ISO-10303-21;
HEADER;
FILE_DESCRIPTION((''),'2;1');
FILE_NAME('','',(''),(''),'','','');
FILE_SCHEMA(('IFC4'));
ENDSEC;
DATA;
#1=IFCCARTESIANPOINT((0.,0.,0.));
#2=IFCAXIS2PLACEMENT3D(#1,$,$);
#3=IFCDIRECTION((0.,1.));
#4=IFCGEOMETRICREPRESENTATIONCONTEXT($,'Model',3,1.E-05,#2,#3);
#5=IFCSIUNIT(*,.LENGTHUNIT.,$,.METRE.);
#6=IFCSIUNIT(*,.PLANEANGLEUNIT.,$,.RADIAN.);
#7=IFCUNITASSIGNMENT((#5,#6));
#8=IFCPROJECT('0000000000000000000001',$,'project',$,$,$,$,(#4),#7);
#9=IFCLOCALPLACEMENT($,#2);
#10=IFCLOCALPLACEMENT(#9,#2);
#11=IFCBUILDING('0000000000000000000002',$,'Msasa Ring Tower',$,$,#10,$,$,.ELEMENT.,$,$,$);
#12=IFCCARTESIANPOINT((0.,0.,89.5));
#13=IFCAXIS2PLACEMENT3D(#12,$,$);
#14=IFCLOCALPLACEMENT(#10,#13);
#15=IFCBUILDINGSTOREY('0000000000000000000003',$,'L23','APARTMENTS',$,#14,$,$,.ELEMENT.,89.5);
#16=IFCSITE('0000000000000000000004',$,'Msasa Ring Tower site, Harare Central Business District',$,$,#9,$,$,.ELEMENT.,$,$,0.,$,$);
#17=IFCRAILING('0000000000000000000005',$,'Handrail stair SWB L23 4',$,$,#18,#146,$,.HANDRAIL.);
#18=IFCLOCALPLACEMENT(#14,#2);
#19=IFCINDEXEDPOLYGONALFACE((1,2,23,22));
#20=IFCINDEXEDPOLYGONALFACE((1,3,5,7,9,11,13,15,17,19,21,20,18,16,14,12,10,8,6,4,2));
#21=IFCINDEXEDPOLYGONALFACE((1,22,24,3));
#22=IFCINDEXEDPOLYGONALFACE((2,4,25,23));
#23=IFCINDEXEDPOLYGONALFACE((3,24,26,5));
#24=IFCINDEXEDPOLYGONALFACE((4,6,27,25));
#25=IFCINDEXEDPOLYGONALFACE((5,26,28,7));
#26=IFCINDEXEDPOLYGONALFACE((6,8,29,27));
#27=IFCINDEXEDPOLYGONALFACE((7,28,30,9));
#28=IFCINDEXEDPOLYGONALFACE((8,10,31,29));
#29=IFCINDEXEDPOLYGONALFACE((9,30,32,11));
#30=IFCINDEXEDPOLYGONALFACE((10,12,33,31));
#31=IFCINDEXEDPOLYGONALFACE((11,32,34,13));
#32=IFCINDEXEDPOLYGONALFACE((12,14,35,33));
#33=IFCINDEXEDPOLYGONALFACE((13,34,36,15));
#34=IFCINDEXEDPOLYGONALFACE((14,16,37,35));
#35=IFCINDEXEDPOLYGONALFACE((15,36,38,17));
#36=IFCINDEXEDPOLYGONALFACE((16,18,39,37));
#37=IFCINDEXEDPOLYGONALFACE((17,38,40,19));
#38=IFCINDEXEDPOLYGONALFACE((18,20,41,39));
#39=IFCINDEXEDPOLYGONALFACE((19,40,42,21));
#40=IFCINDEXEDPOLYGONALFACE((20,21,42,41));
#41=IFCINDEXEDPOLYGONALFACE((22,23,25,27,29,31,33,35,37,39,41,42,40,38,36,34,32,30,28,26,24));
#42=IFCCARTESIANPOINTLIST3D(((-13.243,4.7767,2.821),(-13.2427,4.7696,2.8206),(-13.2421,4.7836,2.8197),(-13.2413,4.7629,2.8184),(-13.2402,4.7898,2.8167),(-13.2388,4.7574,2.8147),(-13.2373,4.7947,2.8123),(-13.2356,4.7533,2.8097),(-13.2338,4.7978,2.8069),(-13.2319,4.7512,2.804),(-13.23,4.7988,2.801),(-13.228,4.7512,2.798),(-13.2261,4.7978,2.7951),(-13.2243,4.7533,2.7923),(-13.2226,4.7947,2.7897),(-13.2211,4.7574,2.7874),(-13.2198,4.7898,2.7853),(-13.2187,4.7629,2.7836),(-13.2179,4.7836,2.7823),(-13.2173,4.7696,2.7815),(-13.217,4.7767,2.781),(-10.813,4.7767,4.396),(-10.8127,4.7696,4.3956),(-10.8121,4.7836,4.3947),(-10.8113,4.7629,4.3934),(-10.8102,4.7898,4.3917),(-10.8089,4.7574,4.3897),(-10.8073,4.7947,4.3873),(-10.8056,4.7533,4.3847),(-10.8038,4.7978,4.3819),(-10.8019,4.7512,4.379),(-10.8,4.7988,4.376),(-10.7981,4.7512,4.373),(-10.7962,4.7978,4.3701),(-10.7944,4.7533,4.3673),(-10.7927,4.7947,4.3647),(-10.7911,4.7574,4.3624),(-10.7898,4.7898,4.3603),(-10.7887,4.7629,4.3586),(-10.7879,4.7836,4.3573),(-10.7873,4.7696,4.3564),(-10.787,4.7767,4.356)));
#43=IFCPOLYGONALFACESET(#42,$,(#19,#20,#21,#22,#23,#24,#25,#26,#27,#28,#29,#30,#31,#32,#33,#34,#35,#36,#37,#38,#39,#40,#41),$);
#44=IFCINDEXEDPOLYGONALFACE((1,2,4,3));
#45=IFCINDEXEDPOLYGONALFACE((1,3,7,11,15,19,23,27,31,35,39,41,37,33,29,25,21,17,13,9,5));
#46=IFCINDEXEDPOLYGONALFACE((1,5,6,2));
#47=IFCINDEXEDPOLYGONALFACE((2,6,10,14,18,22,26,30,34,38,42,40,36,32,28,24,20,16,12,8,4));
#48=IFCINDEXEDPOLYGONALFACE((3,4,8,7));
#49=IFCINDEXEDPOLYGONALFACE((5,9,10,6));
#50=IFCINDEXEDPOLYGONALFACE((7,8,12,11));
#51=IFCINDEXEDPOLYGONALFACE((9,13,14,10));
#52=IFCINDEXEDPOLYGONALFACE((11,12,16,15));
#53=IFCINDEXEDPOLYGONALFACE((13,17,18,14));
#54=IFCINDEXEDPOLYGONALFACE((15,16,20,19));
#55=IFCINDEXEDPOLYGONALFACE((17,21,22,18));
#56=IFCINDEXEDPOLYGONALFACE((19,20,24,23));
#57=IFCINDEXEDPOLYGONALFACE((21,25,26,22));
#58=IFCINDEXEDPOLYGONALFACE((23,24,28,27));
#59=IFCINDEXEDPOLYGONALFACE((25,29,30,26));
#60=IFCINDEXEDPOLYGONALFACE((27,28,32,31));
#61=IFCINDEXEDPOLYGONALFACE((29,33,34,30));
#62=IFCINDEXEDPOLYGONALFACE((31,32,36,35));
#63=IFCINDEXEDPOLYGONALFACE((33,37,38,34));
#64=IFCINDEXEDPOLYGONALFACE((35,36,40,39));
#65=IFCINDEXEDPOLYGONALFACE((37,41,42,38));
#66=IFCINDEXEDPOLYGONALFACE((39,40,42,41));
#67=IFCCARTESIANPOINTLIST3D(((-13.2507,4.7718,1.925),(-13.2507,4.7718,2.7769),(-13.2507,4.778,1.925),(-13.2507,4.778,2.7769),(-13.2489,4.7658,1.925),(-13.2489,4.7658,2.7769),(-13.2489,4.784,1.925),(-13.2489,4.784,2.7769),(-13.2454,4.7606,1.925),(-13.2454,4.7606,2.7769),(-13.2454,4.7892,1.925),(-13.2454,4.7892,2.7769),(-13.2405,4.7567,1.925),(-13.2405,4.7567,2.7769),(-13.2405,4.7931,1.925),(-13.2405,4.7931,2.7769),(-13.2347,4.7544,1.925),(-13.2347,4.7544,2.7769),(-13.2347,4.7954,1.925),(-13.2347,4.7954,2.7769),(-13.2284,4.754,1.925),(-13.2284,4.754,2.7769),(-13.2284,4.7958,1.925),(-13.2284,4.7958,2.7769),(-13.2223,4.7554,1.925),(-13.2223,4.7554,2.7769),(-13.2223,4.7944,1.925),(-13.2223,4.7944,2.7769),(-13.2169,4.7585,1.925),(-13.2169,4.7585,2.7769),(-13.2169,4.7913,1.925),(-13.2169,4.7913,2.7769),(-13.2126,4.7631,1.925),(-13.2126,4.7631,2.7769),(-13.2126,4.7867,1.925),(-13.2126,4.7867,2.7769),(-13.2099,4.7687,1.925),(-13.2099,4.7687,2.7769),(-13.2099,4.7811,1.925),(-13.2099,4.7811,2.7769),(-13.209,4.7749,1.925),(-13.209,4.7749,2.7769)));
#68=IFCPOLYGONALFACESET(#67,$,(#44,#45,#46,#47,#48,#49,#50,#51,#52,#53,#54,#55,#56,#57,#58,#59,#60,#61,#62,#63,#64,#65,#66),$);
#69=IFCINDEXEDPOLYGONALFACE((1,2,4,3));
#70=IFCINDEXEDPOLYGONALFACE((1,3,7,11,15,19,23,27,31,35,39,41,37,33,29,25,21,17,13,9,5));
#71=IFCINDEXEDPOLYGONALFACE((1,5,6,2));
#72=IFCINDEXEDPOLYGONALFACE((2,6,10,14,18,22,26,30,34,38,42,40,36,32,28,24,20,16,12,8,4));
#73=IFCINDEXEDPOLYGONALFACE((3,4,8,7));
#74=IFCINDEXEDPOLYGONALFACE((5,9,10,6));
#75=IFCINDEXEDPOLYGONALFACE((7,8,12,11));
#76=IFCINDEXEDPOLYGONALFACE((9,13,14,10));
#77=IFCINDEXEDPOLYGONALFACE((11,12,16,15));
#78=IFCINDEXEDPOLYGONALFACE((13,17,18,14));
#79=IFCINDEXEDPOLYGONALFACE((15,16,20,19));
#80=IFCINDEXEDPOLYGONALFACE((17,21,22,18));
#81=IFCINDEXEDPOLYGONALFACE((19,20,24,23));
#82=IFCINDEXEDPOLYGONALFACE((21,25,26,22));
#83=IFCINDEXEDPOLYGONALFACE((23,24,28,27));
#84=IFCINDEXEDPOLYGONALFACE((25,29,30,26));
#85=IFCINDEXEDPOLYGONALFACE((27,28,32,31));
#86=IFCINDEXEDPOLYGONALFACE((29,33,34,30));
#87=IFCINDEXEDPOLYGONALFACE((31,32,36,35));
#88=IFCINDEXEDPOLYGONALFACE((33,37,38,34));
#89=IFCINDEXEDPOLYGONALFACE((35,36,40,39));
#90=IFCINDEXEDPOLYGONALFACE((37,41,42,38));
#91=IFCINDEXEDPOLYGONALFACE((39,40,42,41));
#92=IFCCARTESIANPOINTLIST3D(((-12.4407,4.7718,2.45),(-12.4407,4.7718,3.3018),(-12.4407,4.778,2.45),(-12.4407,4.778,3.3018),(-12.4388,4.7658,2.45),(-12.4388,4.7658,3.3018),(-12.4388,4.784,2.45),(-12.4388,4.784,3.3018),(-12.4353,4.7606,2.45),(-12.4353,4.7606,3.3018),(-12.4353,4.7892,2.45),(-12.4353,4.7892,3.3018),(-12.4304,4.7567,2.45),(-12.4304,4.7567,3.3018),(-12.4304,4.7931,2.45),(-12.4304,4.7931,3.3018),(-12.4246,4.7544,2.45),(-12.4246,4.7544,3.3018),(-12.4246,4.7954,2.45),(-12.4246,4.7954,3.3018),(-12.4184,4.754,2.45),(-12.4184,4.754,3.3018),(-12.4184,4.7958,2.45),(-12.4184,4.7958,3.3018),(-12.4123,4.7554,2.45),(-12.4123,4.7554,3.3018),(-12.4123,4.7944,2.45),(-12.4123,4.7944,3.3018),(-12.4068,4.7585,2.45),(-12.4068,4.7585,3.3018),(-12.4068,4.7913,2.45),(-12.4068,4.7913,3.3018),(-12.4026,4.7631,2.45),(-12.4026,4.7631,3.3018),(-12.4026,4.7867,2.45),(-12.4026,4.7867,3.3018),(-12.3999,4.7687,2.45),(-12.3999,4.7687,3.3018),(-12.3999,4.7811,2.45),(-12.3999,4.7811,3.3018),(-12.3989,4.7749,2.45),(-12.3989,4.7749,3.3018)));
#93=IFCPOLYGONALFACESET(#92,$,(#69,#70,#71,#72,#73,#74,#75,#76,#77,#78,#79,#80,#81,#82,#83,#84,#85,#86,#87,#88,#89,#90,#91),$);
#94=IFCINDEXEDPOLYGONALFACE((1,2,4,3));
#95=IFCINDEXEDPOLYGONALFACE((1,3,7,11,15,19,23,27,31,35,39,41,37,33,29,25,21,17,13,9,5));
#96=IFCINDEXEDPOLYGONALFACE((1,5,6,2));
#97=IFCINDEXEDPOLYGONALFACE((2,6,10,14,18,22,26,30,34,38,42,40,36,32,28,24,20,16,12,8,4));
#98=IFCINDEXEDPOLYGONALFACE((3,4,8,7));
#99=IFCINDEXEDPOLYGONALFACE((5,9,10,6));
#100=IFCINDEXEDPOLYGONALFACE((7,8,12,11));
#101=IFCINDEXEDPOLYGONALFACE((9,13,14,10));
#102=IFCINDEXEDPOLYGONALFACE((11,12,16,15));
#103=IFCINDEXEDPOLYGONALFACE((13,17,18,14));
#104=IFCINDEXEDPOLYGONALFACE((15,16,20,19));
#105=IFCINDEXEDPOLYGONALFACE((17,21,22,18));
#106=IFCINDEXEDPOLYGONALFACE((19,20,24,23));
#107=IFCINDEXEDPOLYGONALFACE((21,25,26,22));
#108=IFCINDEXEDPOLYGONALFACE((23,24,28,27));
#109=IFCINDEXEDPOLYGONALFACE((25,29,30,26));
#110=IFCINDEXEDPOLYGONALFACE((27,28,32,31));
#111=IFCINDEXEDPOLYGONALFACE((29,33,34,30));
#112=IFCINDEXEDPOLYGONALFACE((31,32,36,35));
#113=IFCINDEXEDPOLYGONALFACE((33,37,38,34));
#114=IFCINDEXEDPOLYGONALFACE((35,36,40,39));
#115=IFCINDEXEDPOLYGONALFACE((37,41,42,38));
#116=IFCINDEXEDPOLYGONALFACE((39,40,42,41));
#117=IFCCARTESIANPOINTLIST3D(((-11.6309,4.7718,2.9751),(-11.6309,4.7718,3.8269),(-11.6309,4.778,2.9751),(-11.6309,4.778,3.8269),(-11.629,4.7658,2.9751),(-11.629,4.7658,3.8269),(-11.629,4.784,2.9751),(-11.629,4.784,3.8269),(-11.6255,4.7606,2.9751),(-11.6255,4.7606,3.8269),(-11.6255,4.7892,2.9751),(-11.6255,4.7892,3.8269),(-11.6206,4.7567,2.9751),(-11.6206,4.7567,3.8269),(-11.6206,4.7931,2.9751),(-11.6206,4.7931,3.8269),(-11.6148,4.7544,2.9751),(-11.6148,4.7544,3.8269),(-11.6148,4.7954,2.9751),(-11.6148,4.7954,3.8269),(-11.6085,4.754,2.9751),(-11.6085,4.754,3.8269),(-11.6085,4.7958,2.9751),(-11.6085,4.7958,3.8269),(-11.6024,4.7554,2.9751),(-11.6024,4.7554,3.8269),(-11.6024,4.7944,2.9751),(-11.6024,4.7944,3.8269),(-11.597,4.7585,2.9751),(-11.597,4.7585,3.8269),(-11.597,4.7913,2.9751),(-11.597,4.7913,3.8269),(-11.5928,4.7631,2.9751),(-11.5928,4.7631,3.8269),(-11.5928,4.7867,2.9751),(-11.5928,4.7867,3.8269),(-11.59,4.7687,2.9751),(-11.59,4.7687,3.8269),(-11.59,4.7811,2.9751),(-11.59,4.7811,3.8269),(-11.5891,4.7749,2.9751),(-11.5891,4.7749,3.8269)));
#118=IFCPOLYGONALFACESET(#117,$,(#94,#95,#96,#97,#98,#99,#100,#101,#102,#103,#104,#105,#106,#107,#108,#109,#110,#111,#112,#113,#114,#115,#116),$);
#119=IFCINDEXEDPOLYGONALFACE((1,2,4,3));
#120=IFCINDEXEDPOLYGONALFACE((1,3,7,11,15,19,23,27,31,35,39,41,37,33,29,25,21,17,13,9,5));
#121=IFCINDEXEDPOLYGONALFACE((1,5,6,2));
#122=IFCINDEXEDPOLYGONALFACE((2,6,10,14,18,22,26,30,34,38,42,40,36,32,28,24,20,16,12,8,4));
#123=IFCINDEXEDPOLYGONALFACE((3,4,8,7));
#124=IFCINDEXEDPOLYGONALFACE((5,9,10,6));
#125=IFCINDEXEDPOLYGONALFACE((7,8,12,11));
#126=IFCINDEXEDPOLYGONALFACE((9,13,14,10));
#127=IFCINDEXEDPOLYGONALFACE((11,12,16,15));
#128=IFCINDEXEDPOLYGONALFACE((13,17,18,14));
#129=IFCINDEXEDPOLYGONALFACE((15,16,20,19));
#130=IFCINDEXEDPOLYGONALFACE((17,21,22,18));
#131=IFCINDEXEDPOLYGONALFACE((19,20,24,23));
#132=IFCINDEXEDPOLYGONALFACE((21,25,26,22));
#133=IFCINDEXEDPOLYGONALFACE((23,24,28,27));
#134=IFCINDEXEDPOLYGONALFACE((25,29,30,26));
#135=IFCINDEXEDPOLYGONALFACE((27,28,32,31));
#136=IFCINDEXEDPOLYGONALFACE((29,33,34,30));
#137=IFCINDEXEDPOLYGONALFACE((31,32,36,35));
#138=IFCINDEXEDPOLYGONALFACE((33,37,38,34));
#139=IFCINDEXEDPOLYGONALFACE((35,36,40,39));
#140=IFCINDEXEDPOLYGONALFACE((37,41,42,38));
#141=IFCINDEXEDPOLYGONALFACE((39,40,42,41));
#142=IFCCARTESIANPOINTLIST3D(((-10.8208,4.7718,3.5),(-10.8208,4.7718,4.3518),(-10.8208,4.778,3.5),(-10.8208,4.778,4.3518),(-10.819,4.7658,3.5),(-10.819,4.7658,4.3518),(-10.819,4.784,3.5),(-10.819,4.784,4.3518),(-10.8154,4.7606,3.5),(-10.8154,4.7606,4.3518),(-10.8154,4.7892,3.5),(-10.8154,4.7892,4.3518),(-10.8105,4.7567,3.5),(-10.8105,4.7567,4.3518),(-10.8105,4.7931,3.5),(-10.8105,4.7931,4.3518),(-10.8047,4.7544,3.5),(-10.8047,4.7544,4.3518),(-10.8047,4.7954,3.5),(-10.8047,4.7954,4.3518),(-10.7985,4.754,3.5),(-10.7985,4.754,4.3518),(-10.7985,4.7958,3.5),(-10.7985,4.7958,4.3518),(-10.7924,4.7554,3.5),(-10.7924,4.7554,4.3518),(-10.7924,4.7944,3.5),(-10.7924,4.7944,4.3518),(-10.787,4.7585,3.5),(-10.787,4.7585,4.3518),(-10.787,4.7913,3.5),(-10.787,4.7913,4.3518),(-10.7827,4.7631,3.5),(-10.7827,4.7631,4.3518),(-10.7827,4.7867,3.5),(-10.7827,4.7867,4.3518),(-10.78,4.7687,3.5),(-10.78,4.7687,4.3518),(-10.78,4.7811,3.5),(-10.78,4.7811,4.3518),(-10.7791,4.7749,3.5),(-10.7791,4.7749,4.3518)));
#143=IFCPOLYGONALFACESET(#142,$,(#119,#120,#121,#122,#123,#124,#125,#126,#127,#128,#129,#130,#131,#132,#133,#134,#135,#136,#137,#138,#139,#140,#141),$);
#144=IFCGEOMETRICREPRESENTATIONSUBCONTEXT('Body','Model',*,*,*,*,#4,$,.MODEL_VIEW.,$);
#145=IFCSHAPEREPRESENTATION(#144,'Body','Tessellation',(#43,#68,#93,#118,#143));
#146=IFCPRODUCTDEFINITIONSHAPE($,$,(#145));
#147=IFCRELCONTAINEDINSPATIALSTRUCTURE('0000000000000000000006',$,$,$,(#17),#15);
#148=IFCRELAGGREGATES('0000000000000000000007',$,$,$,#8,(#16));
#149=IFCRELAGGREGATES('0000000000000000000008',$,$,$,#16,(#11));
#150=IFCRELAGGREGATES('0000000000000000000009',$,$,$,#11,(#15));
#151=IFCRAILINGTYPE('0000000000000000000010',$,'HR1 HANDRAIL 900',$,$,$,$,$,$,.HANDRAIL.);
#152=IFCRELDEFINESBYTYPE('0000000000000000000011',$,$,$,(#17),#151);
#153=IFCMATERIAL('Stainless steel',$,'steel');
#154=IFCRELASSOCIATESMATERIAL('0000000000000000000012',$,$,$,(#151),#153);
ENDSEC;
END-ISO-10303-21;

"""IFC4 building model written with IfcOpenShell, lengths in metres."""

from ifc_helpers import new_model, si_unit, direction, frame, origin, origin_2d, place, context, subcontext, project, spatial, circle, extrude, material, type_object, element, save


model = new_model("IFC4")

# Units and contexts
model_context = context("Model", 3, precision=1e-05, world=origin(), true_north=direction((0.0, 1.0)))
body_context = subcontext(model_context, "Body", "Model", "MODEL_VIEW")
ifc_project = project(units=[si_unit("LENGTHUNIT", "METRE"), si_unit("PLANEANGLEUNIT", "RADIAN")], contexts=[model_context])

# Site, building, storey
site_placement = place(None, origin())
site = spatial("IfcSite", under=ifc_project, at=site_placement, Name="Msasa Ring Tower site, Harare Central Business District", CompositionType="ELEMENT", RefElevation=0.0)
building_placement = place(site_placement, origin())
building = spatial("IfcBuilding", under=site, at=building_placement, Name="Msasa Ring Tower", CompositionType="ELEMENT")
storey_placement = place(building_placement, frame((0.0, 0.0, 89.5)))
storey = spatial("IfcBuildingStorey", under=building, at=storey_placement, Name="L23", Description="APARTMENTS", CompositionType="ELEMENT", Elevation=89.5)

# Railing
ifc_material_1 = material(Name="Stainless steel", Category="steel")
railing_type = type_object("IfcRailingType", Name="HR1 HANDRAIL 900", PredefinedType="HANDRAIL", material=ifc_material_1)
for number, where, name in (
    (1, (-13.23, 4.7749, 1.925), "Handrail stair SWB L23 4"),
):
    element("IfcRailing", number, at=place(storey_placement, frame(where)), inside=storey, type_object=railing_type, Name=name, PredefinedType="HANDRAIL", context=body_context, shape_type="SweptSolid", body=[
        extrude(circle(Radius=0.0239, at=origin_2d()), frame((0.0, 0.0, 0.876), z_axis=(0.839154, 0.0, 0.543894), x_axis=(0.0, 1.0, 0.0)), (0.0, 0.0, 1.0), 2.8958),
        extrude(circle(Radius=0.021, at=origin_2d()), origin(), (0.0, 0.0, 1.0), 0.8518),
        extrude(circle(Radius=0.021, at=origin_2d()), frame((0.8101, 0.0, 0.5249)), (0.0, 0.0, 1.0), 0.8518),
        extrude(circle(Radius=0.021, at=origin_2d()), frame((1.6199, 0.0, 1.05)), (0.0, 0.0, 1.0), 0.8518),
        extrude(circle(Radius=0.021, at=origin_2d()), frame((2.4299, 0.0, 1.575)), (0.0, 0.0, 1.0), 0.8518),
    ])

save(model, "model.ifc")
